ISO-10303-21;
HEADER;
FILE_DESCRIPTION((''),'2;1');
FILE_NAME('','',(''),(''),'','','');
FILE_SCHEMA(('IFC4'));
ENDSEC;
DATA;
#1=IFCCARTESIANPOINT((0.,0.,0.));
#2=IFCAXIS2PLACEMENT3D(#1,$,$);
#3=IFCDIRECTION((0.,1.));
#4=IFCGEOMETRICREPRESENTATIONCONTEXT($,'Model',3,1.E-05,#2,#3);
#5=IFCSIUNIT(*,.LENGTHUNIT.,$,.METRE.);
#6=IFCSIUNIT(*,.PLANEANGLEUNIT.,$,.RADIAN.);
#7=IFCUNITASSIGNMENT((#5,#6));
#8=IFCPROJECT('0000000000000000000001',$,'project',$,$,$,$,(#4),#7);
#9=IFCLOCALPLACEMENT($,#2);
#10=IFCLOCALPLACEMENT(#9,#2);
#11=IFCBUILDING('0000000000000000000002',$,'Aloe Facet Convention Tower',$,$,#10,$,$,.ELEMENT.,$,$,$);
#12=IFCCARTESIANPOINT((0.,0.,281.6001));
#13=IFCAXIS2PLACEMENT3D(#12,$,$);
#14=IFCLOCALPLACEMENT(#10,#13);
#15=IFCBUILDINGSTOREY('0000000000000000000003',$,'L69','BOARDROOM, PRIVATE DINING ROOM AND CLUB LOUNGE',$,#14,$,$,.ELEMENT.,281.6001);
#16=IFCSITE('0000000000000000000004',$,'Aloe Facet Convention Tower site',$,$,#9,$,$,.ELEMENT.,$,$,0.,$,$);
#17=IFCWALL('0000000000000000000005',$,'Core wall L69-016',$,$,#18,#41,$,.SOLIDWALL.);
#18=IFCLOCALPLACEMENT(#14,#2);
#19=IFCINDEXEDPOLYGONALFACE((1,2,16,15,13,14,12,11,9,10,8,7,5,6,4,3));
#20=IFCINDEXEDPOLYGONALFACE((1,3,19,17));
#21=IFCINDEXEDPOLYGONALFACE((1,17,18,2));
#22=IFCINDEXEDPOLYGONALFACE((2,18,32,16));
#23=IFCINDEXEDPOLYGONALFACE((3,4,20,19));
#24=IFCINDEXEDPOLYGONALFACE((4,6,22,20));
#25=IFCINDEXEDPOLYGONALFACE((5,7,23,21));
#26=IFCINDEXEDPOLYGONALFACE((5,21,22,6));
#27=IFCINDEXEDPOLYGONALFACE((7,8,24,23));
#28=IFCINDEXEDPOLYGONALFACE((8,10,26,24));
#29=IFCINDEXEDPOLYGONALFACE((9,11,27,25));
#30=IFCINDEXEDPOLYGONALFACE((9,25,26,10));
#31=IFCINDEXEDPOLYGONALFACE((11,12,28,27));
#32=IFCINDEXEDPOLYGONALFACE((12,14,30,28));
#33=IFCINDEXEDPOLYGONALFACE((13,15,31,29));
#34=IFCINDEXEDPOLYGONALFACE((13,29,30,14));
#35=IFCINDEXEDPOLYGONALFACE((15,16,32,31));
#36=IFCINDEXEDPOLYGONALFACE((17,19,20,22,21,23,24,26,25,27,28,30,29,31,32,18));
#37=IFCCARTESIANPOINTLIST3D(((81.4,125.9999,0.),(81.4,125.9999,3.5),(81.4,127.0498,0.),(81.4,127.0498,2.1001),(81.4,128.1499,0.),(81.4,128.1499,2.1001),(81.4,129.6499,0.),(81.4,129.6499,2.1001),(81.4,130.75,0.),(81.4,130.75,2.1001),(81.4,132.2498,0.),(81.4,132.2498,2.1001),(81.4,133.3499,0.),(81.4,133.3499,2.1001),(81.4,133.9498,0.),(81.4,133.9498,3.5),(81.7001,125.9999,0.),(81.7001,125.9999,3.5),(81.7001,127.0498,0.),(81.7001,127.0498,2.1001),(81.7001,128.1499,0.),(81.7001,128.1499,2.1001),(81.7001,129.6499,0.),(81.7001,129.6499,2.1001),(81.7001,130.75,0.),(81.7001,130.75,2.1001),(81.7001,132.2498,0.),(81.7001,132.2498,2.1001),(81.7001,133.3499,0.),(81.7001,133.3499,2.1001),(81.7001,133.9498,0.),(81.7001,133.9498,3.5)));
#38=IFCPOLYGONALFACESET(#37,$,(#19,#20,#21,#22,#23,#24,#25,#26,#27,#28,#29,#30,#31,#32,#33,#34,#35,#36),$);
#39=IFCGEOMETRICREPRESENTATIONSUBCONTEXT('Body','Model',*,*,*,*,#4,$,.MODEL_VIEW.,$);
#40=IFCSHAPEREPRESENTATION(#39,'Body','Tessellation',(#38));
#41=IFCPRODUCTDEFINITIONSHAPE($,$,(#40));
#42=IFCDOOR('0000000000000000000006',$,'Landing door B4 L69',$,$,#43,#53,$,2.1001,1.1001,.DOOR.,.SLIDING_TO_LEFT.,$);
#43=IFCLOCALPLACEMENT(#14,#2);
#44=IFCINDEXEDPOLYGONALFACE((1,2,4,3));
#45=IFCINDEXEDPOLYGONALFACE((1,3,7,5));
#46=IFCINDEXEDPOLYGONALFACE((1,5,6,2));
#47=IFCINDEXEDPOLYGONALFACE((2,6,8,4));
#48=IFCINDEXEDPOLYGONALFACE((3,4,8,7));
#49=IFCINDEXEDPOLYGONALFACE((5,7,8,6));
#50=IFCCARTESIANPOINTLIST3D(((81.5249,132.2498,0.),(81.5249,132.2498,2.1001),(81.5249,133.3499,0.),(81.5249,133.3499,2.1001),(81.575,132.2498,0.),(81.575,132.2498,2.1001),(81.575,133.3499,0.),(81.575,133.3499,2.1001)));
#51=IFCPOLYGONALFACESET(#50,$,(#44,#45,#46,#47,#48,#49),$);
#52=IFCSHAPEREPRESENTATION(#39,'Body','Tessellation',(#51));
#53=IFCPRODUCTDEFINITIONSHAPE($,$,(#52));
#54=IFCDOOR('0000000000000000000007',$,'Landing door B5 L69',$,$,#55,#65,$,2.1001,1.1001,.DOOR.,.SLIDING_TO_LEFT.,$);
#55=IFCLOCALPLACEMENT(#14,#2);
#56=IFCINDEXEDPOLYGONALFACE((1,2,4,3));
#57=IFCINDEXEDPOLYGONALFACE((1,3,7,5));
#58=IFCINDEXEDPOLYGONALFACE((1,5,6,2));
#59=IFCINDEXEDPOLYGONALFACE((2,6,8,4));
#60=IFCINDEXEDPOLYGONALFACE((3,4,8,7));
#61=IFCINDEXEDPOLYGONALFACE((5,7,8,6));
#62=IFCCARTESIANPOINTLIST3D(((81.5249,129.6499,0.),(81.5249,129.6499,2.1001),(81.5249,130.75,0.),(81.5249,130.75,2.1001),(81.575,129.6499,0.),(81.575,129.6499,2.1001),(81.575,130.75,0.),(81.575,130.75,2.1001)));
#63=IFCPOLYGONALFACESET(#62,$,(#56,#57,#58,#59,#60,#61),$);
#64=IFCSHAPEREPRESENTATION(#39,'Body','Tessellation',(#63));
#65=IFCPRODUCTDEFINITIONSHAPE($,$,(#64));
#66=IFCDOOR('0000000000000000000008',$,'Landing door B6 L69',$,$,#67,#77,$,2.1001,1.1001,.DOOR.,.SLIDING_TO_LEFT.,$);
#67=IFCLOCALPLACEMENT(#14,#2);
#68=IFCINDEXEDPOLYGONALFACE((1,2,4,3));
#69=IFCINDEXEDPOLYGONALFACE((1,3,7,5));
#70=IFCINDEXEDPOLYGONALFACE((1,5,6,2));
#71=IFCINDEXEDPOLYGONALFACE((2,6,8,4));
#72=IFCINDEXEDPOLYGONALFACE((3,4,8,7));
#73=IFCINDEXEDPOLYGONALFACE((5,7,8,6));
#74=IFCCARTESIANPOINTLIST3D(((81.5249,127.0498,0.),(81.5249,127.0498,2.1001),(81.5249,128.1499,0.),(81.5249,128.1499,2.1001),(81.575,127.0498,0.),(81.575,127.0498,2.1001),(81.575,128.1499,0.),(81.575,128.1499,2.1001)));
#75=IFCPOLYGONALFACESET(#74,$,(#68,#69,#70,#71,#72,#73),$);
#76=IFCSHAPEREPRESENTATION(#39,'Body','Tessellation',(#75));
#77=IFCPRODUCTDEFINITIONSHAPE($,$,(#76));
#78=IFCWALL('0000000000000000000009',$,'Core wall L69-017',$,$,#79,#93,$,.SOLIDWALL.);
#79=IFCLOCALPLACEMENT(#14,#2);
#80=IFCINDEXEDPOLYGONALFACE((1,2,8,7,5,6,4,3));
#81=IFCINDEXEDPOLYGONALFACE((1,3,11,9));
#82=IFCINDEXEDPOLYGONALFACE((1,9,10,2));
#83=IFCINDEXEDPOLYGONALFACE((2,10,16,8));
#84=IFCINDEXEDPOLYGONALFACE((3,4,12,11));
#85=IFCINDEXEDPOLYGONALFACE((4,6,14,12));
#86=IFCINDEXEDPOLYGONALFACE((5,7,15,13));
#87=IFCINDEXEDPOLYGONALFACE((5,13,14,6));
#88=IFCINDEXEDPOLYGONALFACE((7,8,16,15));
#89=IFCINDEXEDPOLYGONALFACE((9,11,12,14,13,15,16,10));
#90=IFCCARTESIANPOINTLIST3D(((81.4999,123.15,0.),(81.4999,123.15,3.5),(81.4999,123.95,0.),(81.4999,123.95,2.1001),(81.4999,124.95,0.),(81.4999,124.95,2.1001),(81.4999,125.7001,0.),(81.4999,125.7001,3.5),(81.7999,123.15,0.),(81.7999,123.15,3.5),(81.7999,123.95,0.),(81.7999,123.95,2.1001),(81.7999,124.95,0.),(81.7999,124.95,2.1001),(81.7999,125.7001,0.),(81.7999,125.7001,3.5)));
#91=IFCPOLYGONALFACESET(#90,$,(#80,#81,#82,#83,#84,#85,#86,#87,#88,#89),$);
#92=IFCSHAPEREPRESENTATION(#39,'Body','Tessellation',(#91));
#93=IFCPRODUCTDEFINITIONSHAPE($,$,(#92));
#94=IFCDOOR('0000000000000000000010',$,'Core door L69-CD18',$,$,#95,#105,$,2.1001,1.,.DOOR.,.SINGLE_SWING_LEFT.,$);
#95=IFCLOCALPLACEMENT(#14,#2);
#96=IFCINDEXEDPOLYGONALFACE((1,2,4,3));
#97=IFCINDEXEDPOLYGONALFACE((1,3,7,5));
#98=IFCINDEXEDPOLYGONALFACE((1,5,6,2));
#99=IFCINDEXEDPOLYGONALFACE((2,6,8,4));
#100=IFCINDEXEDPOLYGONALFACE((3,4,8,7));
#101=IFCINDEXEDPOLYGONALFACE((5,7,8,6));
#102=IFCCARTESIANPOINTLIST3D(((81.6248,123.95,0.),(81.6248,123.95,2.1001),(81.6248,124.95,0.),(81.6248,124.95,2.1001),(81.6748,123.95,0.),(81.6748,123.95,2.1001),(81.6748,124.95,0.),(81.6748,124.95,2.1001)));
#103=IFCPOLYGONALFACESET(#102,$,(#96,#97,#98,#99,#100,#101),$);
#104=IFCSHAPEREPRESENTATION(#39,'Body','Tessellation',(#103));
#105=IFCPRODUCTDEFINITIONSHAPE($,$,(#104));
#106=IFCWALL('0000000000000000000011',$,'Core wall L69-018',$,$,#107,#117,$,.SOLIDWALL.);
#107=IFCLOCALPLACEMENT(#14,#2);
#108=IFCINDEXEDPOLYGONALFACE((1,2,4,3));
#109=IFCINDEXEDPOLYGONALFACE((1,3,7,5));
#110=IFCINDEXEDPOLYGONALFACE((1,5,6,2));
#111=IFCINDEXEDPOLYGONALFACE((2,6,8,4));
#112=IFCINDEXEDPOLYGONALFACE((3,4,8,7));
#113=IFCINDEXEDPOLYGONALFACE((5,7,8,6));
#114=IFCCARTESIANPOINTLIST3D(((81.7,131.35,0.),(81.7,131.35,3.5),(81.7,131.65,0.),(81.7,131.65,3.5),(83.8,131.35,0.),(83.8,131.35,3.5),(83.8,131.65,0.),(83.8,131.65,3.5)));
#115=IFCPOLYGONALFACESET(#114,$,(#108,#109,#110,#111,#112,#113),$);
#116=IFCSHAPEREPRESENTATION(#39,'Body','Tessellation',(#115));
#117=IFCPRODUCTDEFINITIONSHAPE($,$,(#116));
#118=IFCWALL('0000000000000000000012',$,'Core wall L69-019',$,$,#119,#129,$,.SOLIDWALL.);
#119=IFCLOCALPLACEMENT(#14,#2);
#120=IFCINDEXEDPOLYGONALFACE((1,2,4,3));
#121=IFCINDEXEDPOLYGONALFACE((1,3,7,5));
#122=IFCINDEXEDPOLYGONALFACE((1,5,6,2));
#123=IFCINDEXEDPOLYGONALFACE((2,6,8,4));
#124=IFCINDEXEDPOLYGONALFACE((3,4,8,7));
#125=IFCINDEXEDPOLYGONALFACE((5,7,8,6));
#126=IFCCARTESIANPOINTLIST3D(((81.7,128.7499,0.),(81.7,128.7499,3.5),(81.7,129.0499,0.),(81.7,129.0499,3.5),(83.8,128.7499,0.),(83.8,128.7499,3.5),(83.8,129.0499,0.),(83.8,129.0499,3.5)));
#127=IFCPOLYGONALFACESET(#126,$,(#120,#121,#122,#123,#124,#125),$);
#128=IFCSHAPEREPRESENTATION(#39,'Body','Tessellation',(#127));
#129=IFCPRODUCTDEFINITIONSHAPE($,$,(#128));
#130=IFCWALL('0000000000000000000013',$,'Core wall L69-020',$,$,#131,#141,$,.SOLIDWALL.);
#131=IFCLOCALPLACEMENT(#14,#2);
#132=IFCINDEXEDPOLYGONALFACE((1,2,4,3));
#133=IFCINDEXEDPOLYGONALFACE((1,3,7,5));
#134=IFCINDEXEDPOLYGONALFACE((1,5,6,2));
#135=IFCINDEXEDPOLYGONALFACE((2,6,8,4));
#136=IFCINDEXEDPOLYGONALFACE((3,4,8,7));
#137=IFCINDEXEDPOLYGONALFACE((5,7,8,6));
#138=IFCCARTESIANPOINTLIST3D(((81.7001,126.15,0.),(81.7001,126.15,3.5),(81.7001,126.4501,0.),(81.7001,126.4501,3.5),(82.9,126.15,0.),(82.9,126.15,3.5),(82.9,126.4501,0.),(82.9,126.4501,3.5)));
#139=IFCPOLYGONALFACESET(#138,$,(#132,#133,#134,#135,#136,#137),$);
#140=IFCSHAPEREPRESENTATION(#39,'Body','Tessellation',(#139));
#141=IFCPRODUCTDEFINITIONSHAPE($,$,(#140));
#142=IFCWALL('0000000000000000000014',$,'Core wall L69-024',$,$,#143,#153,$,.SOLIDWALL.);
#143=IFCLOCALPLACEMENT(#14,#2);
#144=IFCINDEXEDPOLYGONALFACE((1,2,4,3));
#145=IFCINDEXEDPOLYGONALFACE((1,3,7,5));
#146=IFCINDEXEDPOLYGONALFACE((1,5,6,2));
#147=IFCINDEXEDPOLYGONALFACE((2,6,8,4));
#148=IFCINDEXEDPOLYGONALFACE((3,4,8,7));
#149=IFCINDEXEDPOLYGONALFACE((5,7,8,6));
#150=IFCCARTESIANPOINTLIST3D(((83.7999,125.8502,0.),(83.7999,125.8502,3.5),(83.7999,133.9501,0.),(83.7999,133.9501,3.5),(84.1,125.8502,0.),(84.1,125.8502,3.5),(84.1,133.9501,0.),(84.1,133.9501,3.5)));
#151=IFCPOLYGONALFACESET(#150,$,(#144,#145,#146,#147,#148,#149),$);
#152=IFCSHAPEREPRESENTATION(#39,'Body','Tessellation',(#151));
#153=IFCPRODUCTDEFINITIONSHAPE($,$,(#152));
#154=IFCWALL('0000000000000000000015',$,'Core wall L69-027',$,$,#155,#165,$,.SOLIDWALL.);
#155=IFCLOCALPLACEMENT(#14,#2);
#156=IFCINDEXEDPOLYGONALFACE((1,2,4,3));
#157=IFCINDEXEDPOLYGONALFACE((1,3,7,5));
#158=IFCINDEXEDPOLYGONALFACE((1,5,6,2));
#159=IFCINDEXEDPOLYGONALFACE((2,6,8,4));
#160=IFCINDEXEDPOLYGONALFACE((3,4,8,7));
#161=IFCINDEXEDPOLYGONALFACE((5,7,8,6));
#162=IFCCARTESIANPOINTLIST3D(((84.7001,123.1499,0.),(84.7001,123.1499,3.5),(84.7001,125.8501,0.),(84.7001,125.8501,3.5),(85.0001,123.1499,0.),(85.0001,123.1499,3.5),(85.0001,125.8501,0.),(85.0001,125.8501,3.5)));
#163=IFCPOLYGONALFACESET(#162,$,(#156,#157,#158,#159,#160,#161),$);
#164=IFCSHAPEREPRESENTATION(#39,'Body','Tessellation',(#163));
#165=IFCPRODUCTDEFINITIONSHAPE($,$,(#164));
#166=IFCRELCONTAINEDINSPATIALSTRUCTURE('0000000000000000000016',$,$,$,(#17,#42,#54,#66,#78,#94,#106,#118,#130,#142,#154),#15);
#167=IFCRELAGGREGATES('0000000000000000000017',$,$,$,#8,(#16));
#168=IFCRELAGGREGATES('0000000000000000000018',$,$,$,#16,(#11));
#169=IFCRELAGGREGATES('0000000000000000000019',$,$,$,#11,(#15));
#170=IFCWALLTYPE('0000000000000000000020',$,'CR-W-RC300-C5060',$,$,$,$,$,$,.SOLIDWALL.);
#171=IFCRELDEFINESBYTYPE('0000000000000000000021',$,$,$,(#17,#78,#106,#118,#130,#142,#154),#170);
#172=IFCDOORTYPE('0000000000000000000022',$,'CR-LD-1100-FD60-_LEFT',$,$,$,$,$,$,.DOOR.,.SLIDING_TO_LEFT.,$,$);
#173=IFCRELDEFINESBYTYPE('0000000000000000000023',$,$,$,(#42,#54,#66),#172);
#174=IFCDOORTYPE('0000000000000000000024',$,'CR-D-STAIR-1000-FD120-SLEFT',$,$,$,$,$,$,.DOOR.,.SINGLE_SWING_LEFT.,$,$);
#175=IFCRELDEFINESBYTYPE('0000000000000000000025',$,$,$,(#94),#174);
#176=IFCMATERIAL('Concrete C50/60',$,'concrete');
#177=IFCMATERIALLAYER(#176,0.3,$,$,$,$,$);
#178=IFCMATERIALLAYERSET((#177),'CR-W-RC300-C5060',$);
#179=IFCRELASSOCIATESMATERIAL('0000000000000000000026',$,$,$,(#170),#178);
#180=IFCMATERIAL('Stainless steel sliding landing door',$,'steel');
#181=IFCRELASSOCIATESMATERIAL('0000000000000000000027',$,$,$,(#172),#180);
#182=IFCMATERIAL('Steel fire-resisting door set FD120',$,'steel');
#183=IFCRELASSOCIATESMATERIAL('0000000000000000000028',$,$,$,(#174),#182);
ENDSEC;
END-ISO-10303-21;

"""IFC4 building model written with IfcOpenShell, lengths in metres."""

from ifc_helpers import new_model, si_unit, direction, frame, frame_2d, origin, place, context, subcontext, project, spatial, rectangle, extrude, material, layer, layer_set, type_object, element, fill, save


model = new_model("IFC4")

# Units and contexts
model_context = context("Model", 3, precision=1e-05, world=origin(), true_north=direction((0.0, 1.0)))
body_context = subcontext(model_context, "Body", "Model", "MODEL_VIEW")
ifc_project = project(units=[si_unit("LENGTHUNIT", "METRE"), si_unit("PLANEANGLEUNIT", "RADIAN")], contexts=[model_context])

# Site, building, storey
site_placement = place(None, origin())
site = spatial("IfcSite", under=ifc_project, at=site_placement, Name="Aloe Facet Convention Tower site", CompositionType="ELEMENT", RefElevation=0.0)
building_placement = place(site_placement, origin())
building = spatial("IfcBuilding", under=site, at=building_placement, Name="Aloe Facet Convention Tower", CompositionType="ELEMENT")
storey_placement = place(building_placement, frame((0.0, 0.0, 281.6001)))
storey = spatial("IfcBuildingStorey", under=building, at=storey_placement, Name="L69", Description="BOARDROOM, PRIVATE DINING ROOM AND CLUB LOUNGE", CompositionType="ELEMENT", Elevation=281.6001)

# Wall, openings, doors
ifc_material_1 = material(Name="Concrete C50/60", Category="concrete")
ifc_layer_1 = layer(ifc_material_1, 0.3)
ifc_layer_set_1 = layer_set([ifc_layer_1], Name="CR-W-RC300-C5060")
wall_type_1 = type_object("IfcWallType", Name="CR-W-RC300-C5060", PredefinedType="SOLIDWALL", material=ifc_layer_set_1)
wall_1_placement = place(storey_placement, frame((81.55, 133.95, 0.0), z_axis=(0.0, 0.0, 1.0), x_axis=(0.0, -1.0, 0.0)))
wall_1 = element("IfcWall", 1, at=wall_1_placement, inside=storey, type_object=wall_type_1, Name="Core wall L69-016", PredefinedType="SOLIDWALL", context=body_context, shape_type="SweptSolid", body=[
    extrude(rectangle(XDim=7.95, YDim=0.3, at=frame_2d((3.9751, 0.0))), origin(), (0.0, 0.0, 1.0), 3.5),
])
opening_1_placement = place(wall_1_placement, frame((0.6001, 0.0, 0.0)))
opening_1 = element("IfcOpeningElement", 2, at=opening_1_placement, cuts=wall_1, PredefinedType="OPENING", context=body_context, shape_type="SweptSolid", body=[
    extrude(rectangle(XDim=1.1001, YDim=2.1001, at=frame_2d((0.55, 1.05))), frame((0.0, 0.1602, 0.0), z_axis=(0.0, -1.0, 0.0), x_axis=(1.0, 0.0, 0.0)), (0.0, 0.0, 1.0), 0.3201),
])
opening_2_placement = place(wall_1_placement, frame((3.2, 0.0, 0.0)))
opening_2 = element("IfcOpeningElement", 3, at=opening_2_placement, cuts=wall_1, PredefinedType="OPENING", context=body_context, shape_type="SweptSolid", body=[
    extrude(rectangle(XDim=1.1001, YDim=2.1001, at=frame_2d((0.55, 1.05))), frame((0.0, 0.1602, 0.0), z_axis=(0.0, -1.0, 0.0), x_axis=(1.0, 0.0, 0.0)), (0.0, 0.0, 1.0), 0.3201),
])
opening_3_placement = place(wall_1_placement, frame((5.8, 0.0, 0.0)))
opening_3 = element("IfcOpeningElement", 4, at=opening_3_placement, cuts=wall_1, PredefinedType="OPENING", context=body_context, shape_type="SweptSolid", body=[
    extrude(rectangle(XDim=1.1001, YDim=2.1001, at=frame_2d((0.55, 1.05))), frame((0.0, 0.1602, 0.0), z_axis=(0.0, -1.0, 0.0), x_axis=(1.0, 0.0, 0.0)), (0.0, 0.0, 1.0), 0.3201),
])
ifc_material_2 = material(Name="Stainless steel sliding landing door", Category="steel")
door_type_1 = type_object("IfcDoorType", Name="CR-LD-1100-FD60-_LEFT", OperationType="SLIDING_TO_LEFT", PredefinedType="DOOR", material=ifc_material_2)
door_1_placement = place(opening_1_placement, origin())
door_1 = element("IfcDoor", 5, at=door_1_placement, inside=storey, type_object=door_type_1, Name="Landing door B4 L69", OperationType="SLIDING_TO_LEFT", OverallHeight=2.1001, OverallWidth=1.1001, PredefinedType="DOOR", context=body_context, shape_type="SweptSolid", body=[
    extrude(rectangle(XDim=1.1001, YDim=2.1001, at=frame_2d((0.55, 1.05))), frame((0.0, 0.0249, 0.0), z_axis=(0.0, -1.0, 0.0), x_axis=(1.0, 0.0, 0.0)), (0.0, 0.0, 1.0), 0.05),
])
fill(opening_1, door_1)
door_2_placement = place(opening_2_placement, origin())
door_2 = element("IfcDoor", 6, at=door_2_placement, inside=storey, type_object=door_type_1, Name="Landing door B5 L69", OperationType="SLIDING_TO_LEFT", OverallHeight=2.1001, OverallWidth=1.1001, PredefinedType="DOOR", context=body_context, shape_type="SweptSolid", body=[
    extrude(rectangle(XDim=1.1001, YDim=2.1001, at=frame_2d((0.55, 1.05))), frame((0.0, 0.0249, 0.0), z_axis=(0.0, -1.0, 0.0), x_axis=(1.0, 0.0, 0.0)), (0.0, 0.0, 1.0), 0.05),
])
fill(opening_2, door_2)
door_3_placement = place(opening_3_placement, origin())
door_3 = element("IfcDoor", 7, at=door_3_placement, inside=storey, type_object=door_type_1, Name="Landing door B6 L69", OperationType="SLIDING_TO_LEFT", OverallHeight=2.1001, OverallWidth=1.1001, PredefinedType="DOOR", context=body_context, shape_type="SweptSolid", body=[
    extrude(rectangle(XDim=1.1001, YDim=2.1001, at=frame_2d((0.55, 1.05))), frame((0.0, 0.0249, 0.0), z_axis=(0.0, -1.0, 0.0), x_axis=(1.0, 0.0, 0.0)), (0.0, 0.0, 1.0), 0.05),
])
fill(opening_3, door_3)

# Wall, opening, door
wall_2_placement = place(storey_placement, frame((81.6499, 125.7, 0.0), z_axis=(0.0, 0.0, 1.0), x_axis=(0.0, -1.0, 0.0)))
wall_2 = element("IfcWall", 8, at=wall_2_placement, inside=storey, type_object=wall_type_1, Name="Core wall L69-017", PredefinedType="SOLIDWALL", context=body_context, shape_type="SweptSolid", body=[
    extrude(rectangle(XDim=2.55, YDim=0.3, at=frame_2d((1.2749, 0.0))), origin(), (0.0, 0.0, 1.0), 3.5),
])
opening_4_placement = place(wall_2_placement, frame((0.75, 0.0, 0.0)))
opening_4 = element("IfcOpeningElement", 9, at=opening_4_placement, cuts=wall_2, PredefinedType="OPENING", context=body_context, shape_type="SweptSolid", body=[
    extrude(rectangle(XDim=1.0, YDim=2.1001, at=frame_2d((0.5, 1.05))), frame((0.0, 0.1602, 0.0), z_axis=(0.0, -1.0, 0.0), x_axis=(1.0, 0.0, 0.0)), (0.0, 0.0, 1.0), 0.3201),
])
ifc_material_3 = material(Name="Steel fire-resisting door set FD120", Category="steel")
door_type_2 = type_object("IfcDoorType", Name="CR-D-STAIR-1000-FD120-SLEFT", OperationType="SINGLE_SWING_LEFT", PredefinedType="DOOR", material=ifc_material_3)
door_4_placement = place(opening_4_placement, origin())
door_4 = element("IfcDoor", 10, at=door_4_placement, inside=storey, type_object=door_type_2, Name="Core door L69-CD18", OperationType="SINGLE_SWING_LEFT", OverallHeight=2.1001, OverallWidth=1.0, PredefinedType="DOOR", context=body_context, shape_type="SweptSolid", body=[
    extrude(rectangle(XDim=1.0, YDim=2.1001, at=frame_2d((0.5, 1.05))), frame((0.0, 0.0249, 0.0), z_axis=(0.0, -1.0, 0.0), x_axis=(1.0, 0.0, 0.0)), (0.0, 0.0, 1.0), 0.05),
])
fill(opening_4, door_4)

# Walls
for number, where, z_axis, x_axis, name in (
    (11, (81.7, 131.5, 0.0), (0.0, 0.0, 1.0), (1.0, 0.0, 0.0), "Core wall L69-018"),
    (12, (81.7, 128.8999, 0.0), (0.0, 0.0, 1.0), (1.0, 0.0, 0.0), "Core wall L69-019"),
):
    element("IfcWall", number, at=place(storey_placement, frame(where, z_axis=z_axis, x_axis=x_axis)), inside=storey, type_object=wall_type_1, Name=name, PredefinedType="SOLIDWALL", context=body_context, shape_type="SweptSolid", body=[
        extrude(rectangle(XDim=2.1001, YDim=0.3, at=frame_2d((1.05, 0.0))), origin(), (0.0, 0.0, 1.0), 3.5),
    ])
wall_3_placement = place(storey_placement, frame((81.7, 126.3, 0.0), z_axis=(0.0, 0.0, 1.0), x_axis=(1.0, 0.0, 0.0)))
element("IfcWall", 13, at=wall_3_placement, inside=storey, type_object=wall_type_1, Name="Core wall L69-020", PredefinedType="SOLIDWALL", context=body_context, shape_type="SweptSolid", body=[
    extrude(rectangle(XDim=1.2, YDim=0.3, at=frame_2d((0.6001, 0.0))), origin(), (0.0, 0.0, 1.0), 3.5),
])
wall_4_placement = place(storey_placement, frame((83.95, 133.95, 0.0), z_axis=(0.0, 0.0, 1.0), x_axis=(0.0, -1.0, 0.0)))
element("IfcWall", 14, at=wall_4_placement, inside=storey, type_object=wall_type_1, Name="Core wall L69-024", PredefinedType="SOLIDWALL", context=body_context, shape_type="SweptSolid", body=[
    extrude(rectangle(XDim=8.0999, YDim=0.3, at=frame_2d((4.0498, 0.0))), origin(), (0.0, 0.0, 1.0), 3.5),
])
wall_5_placement = place(storey_placement, frame((84.8501, 125.8501, 0.0), z_axis=(0.0, 0.0, 1.0), x_axis=(0.0, -1.0, 0.0)))
element("IfcWall", 15, at=wall_5_placement, inside=storey, type_object=wall_type_1, Name="Core wall L69-027", PredefinedType="SOLIDWALL", context=body_context, shape_type="SweptSolid", body=[
    extrude(rectangle(XDim=2.7002, YDim=0.3, at=frame_2d((1.3501, 0.0))), origin(), (0.0, 0.0, 1.0), 3.5),
])

save(model, "model.ifc")
